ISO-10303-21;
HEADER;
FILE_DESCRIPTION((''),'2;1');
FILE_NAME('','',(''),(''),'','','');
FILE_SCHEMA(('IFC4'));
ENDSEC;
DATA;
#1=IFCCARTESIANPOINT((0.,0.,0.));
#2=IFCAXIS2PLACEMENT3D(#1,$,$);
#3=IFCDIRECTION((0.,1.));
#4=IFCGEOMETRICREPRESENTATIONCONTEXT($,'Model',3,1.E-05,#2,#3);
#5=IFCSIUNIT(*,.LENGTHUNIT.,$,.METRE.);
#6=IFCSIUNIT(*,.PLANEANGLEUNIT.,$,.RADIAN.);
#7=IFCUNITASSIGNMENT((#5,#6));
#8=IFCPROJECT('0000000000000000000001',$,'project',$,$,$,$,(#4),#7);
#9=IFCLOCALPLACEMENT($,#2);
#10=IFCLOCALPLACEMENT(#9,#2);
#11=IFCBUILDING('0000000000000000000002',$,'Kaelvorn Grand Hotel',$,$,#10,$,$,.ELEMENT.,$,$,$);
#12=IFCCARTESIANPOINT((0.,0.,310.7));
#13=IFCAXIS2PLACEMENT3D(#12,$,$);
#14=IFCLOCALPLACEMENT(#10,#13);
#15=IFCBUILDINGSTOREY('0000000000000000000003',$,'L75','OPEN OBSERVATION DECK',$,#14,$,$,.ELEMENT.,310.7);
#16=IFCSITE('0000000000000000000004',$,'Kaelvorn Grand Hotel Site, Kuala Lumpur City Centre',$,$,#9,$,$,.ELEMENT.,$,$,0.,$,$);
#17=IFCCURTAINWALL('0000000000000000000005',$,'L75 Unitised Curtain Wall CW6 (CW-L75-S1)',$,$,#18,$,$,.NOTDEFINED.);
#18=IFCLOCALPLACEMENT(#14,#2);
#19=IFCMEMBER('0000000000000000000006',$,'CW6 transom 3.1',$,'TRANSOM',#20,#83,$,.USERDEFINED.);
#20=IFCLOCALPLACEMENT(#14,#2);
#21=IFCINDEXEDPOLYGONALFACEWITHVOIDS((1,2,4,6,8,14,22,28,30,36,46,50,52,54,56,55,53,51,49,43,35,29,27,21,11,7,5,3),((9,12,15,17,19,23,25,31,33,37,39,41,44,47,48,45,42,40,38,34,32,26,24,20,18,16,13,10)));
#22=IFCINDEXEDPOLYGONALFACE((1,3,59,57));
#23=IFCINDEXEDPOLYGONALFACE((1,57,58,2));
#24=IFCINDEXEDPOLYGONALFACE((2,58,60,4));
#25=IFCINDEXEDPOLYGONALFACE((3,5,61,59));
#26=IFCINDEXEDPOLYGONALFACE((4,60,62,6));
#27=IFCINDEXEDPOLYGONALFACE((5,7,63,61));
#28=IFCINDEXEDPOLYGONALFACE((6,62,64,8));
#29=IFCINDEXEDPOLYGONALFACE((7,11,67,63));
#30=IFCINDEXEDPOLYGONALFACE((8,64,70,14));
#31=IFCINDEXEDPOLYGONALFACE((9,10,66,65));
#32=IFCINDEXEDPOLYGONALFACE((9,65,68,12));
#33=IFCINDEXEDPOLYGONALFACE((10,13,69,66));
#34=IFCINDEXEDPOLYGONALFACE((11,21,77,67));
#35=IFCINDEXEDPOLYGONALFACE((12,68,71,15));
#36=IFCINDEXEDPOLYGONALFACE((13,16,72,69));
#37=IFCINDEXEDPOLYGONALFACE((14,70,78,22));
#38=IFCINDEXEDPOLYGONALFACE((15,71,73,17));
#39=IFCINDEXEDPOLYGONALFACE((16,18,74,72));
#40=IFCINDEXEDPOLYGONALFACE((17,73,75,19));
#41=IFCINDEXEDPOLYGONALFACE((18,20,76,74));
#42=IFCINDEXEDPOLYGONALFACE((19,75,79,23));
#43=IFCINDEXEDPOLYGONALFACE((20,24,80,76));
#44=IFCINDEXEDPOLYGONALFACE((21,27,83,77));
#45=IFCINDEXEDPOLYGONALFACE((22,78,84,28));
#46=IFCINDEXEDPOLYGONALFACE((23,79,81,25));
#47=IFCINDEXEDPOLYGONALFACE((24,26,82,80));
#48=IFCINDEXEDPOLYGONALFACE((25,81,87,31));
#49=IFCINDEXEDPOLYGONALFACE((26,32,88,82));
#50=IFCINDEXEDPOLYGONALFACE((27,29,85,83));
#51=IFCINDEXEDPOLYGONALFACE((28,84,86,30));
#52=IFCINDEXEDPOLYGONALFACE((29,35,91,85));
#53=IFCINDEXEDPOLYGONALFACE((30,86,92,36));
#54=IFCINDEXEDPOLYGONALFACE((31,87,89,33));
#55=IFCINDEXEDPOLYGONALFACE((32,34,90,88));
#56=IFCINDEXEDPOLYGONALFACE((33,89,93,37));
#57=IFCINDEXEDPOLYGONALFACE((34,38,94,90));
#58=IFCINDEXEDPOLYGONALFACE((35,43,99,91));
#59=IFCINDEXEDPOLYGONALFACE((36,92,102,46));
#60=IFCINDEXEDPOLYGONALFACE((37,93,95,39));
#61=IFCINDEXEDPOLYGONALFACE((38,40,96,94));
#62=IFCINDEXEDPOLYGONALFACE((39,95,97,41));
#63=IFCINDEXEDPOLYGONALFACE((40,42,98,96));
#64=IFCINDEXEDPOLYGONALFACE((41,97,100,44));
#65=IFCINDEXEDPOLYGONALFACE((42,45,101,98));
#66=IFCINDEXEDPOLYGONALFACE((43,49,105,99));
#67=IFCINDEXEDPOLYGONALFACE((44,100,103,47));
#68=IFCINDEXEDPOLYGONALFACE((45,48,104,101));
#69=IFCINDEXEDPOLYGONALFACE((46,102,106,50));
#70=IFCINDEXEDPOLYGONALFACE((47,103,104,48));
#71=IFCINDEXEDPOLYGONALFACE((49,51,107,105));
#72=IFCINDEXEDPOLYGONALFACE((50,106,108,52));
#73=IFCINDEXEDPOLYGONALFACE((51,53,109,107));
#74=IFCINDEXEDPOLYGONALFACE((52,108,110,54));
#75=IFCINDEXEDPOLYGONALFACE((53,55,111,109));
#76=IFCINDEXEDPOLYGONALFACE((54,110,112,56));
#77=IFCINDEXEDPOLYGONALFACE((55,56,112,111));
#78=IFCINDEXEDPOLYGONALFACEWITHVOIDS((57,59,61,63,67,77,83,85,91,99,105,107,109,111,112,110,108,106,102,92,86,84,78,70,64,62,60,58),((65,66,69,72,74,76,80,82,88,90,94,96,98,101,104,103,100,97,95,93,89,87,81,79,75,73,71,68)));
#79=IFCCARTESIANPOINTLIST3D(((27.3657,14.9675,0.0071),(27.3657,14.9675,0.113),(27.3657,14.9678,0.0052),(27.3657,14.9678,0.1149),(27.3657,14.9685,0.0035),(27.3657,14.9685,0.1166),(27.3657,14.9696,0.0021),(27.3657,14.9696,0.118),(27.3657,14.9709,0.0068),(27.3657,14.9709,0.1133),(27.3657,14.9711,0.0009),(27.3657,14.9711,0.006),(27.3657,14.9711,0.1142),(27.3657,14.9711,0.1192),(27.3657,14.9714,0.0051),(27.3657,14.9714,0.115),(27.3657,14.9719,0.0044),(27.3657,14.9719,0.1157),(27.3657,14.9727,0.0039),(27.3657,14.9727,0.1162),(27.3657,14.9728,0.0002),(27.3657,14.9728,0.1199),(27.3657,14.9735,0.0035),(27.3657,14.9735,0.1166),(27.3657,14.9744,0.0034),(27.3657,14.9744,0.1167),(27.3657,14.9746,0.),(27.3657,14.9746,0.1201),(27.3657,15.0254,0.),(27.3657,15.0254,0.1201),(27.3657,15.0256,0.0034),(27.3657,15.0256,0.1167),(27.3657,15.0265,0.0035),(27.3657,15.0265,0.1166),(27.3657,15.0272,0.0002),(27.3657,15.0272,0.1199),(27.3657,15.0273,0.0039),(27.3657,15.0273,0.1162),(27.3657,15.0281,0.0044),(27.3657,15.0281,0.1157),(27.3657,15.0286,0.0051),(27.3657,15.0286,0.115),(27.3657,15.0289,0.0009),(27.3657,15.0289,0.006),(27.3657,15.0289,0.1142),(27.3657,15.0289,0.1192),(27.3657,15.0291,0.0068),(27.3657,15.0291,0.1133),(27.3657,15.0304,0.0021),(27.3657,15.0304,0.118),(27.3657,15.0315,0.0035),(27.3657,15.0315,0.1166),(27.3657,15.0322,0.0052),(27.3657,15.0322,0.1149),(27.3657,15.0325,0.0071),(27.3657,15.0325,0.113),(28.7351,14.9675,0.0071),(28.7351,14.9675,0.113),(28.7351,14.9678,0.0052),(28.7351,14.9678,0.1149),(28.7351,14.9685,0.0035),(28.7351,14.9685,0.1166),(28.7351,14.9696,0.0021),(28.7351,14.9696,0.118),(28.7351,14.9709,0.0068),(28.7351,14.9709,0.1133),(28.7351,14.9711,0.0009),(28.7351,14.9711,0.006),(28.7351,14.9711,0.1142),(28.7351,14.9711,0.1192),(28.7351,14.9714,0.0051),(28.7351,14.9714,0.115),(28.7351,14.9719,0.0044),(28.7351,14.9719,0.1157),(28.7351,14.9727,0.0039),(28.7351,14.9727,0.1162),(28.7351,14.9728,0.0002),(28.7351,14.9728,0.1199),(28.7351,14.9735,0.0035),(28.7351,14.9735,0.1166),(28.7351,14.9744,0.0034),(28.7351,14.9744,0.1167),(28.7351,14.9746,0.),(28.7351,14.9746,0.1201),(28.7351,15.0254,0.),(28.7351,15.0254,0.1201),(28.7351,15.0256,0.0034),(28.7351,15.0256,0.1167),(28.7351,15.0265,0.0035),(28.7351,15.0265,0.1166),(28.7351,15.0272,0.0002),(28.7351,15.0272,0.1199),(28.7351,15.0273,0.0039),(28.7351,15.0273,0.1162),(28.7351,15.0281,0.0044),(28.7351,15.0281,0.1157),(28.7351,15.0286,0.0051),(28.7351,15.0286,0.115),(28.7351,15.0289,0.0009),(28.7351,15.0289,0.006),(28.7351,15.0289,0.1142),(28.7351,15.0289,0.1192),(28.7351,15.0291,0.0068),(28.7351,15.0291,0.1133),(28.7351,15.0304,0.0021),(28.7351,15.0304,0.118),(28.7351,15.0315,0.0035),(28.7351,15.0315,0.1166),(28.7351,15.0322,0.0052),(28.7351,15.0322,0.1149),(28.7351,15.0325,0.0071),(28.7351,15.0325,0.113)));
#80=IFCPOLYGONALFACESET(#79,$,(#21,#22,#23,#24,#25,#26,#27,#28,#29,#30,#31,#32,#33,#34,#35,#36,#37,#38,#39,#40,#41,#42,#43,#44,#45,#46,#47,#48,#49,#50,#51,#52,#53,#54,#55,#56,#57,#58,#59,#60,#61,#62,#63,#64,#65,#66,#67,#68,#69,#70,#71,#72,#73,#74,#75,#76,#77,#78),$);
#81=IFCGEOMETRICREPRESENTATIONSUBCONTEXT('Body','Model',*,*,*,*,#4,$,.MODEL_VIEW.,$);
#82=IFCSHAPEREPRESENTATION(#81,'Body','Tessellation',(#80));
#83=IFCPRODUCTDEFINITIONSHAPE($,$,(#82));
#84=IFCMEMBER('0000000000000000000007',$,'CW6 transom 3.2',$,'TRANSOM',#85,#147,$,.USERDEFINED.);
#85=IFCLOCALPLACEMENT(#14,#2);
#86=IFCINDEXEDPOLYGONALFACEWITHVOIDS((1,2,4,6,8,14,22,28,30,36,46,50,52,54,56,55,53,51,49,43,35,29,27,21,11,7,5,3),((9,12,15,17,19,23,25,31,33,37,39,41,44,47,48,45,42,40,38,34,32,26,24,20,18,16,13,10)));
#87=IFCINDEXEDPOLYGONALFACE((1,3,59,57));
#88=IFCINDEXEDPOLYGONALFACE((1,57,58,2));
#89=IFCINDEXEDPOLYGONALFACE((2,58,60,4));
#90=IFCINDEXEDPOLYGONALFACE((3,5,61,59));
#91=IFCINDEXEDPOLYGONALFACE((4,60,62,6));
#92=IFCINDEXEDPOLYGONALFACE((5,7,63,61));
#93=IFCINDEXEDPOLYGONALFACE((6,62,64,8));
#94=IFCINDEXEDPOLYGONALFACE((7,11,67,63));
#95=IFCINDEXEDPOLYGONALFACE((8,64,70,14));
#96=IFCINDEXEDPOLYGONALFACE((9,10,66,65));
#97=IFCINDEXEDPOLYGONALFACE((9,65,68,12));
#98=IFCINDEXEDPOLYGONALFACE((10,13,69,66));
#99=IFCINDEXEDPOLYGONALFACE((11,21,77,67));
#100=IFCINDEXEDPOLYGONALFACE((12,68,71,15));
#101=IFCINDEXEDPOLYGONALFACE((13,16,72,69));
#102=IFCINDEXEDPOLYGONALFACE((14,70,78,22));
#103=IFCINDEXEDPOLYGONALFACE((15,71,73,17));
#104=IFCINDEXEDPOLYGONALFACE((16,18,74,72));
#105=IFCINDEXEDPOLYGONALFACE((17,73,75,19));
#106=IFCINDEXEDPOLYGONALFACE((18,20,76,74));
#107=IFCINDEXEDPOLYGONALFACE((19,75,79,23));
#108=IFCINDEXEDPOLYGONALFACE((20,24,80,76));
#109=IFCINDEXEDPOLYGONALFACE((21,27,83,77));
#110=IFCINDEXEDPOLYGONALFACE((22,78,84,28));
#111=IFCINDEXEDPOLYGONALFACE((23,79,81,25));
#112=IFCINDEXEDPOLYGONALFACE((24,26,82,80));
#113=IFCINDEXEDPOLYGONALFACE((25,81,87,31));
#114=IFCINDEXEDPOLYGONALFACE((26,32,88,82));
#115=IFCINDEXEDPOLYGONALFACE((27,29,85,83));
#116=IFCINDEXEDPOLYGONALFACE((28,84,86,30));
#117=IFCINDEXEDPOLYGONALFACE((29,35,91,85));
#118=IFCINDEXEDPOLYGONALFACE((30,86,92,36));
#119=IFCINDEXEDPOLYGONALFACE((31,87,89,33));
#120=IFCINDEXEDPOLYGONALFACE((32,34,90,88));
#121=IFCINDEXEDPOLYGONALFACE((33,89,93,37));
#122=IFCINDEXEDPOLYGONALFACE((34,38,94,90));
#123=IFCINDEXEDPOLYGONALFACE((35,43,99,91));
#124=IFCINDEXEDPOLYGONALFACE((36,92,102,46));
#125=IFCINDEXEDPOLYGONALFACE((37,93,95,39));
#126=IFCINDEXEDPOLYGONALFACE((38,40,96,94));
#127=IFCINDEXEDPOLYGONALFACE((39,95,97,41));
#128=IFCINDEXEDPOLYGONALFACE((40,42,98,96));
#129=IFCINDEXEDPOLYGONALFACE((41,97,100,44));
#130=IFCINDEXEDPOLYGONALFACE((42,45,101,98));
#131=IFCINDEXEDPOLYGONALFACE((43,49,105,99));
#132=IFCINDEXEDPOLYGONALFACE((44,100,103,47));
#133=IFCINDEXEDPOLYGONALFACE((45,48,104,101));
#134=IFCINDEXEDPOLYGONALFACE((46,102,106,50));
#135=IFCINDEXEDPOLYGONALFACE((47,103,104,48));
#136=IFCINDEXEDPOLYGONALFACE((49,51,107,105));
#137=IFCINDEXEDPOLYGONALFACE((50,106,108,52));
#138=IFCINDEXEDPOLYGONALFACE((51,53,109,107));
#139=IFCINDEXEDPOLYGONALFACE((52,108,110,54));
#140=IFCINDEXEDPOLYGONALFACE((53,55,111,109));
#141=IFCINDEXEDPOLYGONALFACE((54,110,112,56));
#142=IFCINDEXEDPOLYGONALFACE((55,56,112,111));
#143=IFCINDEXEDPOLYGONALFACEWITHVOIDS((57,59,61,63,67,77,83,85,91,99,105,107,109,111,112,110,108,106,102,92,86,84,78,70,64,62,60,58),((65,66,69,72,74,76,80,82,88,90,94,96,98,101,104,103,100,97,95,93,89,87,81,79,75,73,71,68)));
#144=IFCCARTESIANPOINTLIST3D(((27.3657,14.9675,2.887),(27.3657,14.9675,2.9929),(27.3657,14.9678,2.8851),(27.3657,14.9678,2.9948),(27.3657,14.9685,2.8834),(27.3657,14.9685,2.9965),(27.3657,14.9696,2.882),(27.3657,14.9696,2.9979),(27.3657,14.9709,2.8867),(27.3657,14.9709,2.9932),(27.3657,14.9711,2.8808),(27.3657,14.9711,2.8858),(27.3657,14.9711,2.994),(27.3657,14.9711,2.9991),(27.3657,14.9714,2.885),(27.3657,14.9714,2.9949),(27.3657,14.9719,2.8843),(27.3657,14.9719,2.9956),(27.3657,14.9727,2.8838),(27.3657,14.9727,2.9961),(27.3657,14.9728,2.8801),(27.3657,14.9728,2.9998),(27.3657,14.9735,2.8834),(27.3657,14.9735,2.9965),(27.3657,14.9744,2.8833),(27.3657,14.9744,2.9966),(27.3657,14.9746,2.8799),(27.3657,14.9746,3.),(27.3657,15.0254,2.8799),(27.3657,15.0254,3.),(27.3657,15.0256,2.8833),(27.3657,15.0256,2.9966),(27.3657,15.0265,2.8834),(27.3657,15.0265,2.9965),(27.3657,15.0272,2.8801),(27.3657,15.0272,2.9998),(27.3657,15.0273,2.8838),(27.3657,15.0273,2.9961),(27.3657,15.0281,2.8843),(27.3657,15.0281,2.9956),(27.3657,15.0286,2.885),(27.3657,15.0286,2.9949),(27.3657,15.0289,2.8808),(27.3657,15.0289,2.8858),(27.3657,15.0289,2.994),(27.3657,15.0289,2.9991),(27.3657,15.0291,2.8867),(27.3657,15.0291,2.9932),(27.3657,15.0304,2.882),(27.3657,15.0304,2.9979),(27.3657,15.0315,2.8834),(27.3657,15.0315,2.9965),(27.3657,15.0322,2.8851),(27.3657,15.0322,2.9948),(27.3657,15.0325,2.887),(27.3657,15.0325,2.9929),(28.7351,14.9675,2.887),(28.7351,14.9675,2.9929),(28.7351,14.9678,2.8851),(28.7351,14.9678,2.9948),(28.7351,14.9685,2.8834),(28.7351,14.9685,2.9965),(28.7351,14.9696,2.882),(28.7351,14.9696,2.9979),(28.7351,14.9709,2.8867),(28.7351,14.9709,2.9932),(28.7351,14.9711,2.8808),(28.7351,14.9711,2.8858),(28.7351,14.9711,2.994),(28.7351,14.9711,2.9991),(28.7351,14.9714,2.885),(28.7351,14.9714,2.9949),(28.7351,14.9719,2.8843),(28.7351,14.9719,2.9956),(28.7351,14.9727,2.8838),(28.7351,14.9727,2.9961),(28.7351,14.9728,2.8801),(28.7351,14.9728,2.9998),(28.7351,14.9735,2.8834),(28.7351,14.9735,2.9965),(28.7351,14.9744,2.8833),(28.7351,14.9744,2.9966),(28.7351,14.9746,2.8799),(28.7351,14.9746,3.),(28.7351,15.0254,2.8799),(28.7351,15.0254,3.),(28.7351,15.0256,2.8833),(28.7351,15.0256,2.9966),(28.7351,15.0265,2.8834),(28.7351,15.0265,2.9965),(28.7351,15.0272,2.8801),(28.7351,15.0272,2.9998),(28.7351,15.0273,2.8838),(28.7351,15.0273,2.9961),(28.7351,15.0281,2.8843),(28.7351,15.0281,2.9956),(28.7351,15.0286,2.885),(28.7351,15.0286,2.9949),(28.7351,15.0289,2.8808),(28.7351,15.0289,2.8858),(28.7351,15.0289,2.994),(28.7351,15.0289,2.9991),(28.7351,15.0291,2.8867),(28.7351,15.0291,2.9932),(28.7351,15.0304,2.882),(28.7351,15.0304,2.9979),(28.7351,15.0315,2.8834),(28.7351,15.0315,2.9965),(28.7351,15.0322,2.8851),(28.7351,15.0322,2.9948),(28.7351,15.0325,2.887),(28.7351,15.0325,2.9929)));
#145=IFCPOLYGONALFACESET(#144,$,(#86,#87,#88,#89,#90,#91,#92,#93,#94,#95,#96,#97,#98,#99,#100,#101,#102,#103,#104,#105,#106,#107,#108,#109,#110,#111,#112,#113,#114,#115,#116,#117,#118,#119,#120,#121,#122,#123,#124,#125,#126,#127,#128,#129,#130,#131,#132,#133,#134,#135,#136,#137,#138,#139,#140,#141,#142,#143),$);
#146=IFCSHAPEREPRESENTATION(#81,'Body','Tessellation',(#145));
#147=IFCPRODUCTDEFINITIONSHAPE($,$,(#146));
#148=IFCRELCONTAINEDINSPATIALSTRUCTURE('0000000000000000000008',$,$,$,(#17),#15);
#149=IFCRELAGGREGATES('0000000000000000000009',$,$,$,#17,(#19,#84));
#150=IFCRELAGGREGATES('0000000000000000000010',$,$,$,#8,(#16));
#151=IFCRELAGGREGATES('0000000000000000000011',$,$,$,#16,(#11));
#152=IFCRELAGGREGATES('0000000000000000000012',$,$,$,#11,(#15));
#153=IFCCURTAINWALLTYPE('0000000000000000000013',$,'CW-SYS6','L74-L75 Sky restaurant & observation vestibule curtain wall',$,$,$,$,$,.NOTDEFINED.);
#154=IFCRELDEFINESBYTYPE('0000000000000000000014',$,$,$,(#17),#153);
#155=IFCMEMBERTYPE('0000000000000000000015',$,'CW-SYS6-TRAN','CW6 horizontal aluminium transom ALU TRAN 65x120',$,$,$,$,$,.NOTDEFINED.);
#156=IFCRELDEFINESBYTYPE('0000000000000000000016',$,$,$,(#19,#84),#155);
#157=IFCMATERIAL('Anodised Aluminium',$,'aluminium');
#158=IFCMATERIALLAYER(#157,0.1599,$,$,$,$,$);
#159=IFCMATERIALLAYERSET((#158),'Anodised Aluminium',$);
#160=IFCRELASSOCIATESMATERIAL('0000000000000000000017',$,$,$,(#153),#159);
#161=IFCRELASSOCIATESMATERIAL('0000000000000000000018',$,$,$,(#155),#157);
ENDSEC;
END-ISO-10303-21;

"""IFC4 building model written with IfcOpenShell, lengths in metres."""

from ifc_helpers import new_model, si_unit, direction, frame, origin, origin_2d, place, context, subcontext, project, spatial, hollow_rectangle, extrude, material, layer, layer_set, material_profile, profile_set, type_object, element, aggregate, save


model = new_model("IFC4")

# Units and contexts
model_context = context("Model", 3, precision=1e-05, world=origin(), true_north=direction((0.0, 1.0)))
body_context = subcontext(model_context, "Body", "Model", "MODEL_VIEW")
ifc_project = project(units=[si_unit("LENGTHUNIT", "METRE"), si_unit("PLANEANGLEUNIT", "RADIAN")], contexts=[model_context])

# Site, building, storey
site_placement = place(None, origin())
site = spatial("IfcSite", under=ifc_project, at=site_placement, Name="Kaelvorn Grand Hotel Site, Kuala Lumpur City Centre", CompositionType="ELEMENT", RefElevation=0.0)
building_placement = place(site_placement, origin())
building = spatial("IfcBuilding", under=site, at=building_placement, Name="Kaelvorn Grand Hotel", CompositionType="ELEMENT")
storey_placement = place(building_placement, frame((0.0, 0.0, 310.7)))
storey = spatial("IfcBuildingStorey", under=building, at=storey_placement, Name="L75", Description="OPEN OBSERVATION DECK", CompositionType="ELEMENT", Elevation=310.7)

# Curtain wall
ifc_material_1 = material(Name="Anodised Aluminium", Category="aluminium")
ifc_layer_1 = layer(ifc_material_1, 0.1599)
ifc_layer_set_1 = layer_set([ifc_layer_1], Name="Anodised Aluminium")
curtain_wall_type = type_object("IfcCurtainWallType", Name="CW-SYS6", Description="L74-L75 Sky restaurant & observation vestibule curtain wall", PredefinedType="NOTDEFINED", material=ifc_layer_set_1)
curtain_wall_1_placement = place(storey_placement, origin())
curtain_wall_1 = element("IfcCurtainWall", 1, at=curtain_wall_1_placement, inside=storey, type_object=curtain_wall_type, Name="L75 Unitised Curtain Wall CW6 (CW-L75-S1)", PredefinedType="NOTDEFINED")

# Members
ifc_material_profile_1 = material_profile(ifc_material_1, hollow_rectangle(XDim=0.0649, YDim=0.1201, WallThickness=0.0034, InnerFilletRadius=0.0034, OuterFilletRadius=0.0071, at=origin_2d()), Name="ALU TRAN 65x120")
ifc_profile_set_1 = profile_set([ifc_material_profile_1], Name="Anodised Aluminium")
member_type_1 = type_object("IfcMemberType", Name="CW-SYS6-TRAN", Description="CW6 horizontal aluminium transom ALU TRAN 65x120", PredefinedType="NOTDEFINED", material=ifc_profile_set_1)
member_1_placement = place(storey_placement, frame((27.3657, 15.0, 0.0601), z_axis=(1.0, 0.0, 0.0), x_axis=(0.0, 1.0, 0.0)))
member_1 = element("IfcMember", 2, at=member_1_placement, type_object=member_type_1, Name="CW6 transom 3.1", ObjectType="TRANSOM", PredefinedType="USERDEFINED", context=body_context, shape_type="SweptSolid", body=[
    extrude(hollow_rectangle(XDim=0.0649, YDim=0.1201, WallThickness=0.0034, InnerFilletRadius=0.0034, OuterFilletRadius=0.0071, at=origin_2d()), origin(), (0.0, 0.0, 1.0), 1.3694),
])
member_2_placement = place(storey_placement, frame((27.3657, 15.0, 2.9399), z_axis=(1.0, 0.0, 0.0), x_axis=(0.0, 1.0, 0.0)))
member_2 = element("IfcMember", 3, at=member_2_placement, type_object=member_type_1, Name="CW6 transom 3.2", ObjectType="TRANSOM", PredefinedType="USERDEFINED", context=body_context, shape_type="SweptSolid", body=[
    extrude(hollow_rectangle(XDim=0.0649, YDim=0.1201, WallThickness=0.0034, InnerFilletRadius=0.0034, OuterFilletRadius=0.0071, at=origin_2d()), origin(), (0.0, 0.0, 1.0), 1.3694),
])

aggregate(curtain_wall_1, [member_1, member_2])

save(model, "model.ifc")
